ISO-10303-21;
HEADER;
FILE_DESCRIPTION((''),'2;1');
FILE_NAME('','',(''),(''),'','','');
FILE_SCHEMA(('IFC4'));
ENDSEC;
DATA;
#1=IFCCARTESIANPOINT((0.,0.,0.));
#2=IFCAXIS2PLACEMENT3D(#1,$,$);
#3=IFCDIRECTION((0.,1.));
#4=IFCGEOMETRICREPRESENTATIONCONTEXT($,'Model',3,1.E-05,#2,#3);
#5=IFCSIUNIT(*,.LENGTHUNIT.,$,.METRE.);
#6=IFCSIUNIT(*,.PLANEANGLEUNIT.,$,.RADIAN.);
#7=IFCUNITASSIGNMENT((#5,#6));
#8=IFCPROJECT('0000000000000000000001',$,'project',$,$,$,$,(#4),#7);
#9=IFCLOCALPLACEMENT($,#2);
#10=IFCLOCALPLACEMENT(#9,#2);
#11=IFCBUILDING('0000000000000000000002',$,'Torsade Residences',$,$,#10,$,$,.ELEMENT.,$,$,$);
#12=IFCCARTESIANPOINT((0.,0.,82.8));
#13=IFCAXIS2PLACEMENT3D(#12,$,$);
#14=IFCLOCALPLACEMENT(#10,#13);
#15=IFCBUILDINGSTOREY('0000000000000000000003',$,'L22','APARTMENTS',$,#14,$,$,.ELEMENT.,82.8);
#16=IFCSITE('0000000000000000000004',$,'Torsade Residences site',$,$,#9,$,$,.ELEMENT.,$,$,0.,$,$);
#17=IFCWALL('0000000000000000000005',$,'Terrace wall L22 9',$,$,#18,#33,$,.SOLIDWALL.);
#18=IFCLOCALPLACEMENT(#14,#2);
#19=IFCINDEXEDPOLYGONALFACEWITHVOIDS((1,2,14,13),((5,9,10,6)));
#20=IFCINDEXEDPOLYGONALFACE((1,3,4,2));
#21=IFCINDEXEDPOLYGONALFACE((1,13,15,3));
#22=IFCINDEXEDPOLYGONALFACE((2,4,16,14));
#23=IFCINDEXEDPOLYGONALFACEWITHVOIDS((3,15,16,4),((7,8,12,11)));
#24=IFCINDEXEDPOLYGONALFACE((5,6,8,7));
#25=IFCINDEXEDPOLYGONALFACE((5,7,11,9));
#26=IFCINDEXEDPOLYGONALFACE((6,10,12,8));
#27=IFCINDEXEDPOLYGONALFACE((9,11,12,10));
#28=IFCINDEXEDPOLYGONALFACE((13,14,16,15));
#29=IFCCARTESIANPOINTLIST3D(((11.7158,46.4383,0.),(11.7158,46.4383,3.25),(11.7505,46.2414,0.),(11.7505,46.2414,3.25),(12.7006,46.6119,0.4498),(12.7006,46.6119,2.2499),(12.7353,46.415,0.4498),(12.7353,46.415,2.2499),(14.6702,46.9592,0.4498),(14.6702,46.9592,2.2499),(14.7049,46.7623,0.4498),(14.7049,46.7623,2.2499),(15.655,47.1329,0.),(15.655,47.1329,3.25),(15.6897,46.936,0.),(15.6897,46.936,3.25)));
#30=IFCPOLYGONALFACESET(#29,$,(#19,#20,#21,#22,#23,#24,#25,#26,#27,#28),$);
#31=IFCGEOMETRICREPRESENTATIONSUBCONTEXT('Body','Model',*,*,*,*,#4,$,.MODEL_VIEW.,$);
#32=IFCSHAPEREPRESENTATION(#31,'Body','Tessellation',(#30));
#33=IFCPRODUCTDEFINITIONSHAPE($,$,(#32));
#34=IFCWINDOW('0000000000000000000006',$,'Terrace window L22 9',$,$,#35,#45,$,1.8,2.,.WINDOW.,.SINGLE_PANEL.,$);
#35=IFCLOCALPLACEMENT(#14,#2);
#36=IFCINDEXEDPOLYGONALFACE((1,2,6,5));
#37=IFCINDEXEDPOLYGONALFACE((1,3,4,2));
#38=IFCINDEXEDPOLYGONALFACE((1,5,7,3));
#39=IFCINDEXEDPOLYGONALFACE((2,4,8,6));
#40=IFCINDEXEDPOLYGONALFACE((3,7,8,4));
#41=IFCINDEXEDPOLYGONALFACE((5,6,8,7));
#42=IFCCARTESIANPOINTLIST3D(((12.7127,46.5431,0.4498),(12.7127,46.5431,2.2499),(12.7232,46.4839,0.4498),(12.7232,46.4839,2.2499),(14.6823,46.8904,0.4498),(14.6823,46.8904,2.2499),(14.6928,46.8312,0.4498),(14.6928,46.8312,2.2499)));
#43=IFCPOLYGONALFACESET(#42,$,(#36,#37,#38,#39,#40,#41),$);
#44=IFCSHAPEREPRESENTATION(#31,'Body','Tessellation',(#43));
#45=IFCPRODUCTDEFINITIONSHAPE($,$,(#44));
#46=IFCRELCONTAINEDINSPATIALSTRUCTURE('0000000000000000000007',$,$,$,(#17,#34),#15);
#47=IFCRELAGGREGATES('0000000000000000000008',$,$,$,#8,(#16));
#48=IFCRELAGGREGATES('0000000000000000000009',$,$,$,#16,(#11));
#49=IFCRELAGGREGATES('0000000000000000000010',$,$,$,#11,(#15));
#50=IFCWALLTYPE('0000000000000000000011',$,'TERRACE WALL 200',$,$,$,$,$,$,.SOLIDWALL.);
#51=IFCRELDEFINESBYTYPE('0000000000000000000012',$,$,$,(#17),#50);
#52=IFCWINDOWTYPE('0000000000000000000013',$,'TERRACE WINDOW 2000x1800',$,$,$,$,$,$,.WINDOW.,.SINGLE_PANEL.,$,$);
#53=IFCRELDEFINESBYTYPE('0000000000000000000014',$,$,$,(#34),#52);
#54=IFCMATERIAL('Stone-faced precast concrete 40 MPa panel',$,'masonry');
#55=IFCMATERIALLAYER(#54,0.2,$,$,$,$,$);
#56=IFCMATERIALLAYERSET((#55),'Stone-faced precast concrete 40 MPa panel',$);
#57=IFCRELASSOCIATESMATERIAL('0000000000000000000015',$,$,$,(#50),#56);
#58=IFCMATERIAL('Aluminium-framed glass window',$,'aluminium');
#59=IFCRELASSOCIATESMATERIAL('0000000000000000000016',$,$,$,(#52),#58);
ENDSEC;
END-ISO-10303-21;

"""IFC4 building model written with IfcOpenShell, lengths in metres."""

from ifc_helpers import new_model, si_unit, direction, frame, frame_2d, origin, place, context, subcontext, project, spatial, rectangle, extrude, material, layer, layer_set, type_object, element, fill, save


model = new_model("IFC4")

# Units and contexts
model_context = context("Model", 3, precision=1e-05, world=origin(), true_north=direction((0.0, 1.0)))
body_context = subcontext(model_context, "Body", "Model", "MODEL_VIEW")
ifc_project = project(units=[si_unit("LENGTHUNIT", "METRE"), si_unit("PLANEANGLEUNIT", "RADIAN")], contexts=[model_context])

# Site, building, storey
site_placement = place(None, origin())
site = spatial("IfcSite", under=ifc_project, at=site_placement, Name="Torsade Residences site", CompositionType="ELEMENT", RefElevation=0.0)
building_placement = place(site_placement, origin())
building = spatial("IfcBuilding", under=site, at=building_placement, Name="Torsade Residences", CompositionType="ELEMENT")
storey_placement = place(building_placement, frame((0.0, 0.0, 82.8)))
storey = spatial("IfcBuildingStorey", under=building, at=storey_placement, Name="L22", Description="APARTMENTS", CompositionType="ELEMENT", Elevation=82.8)

# Shared definitions
ifc_material_1 = material(Name="Stone-faced precast concrete 40 MPa panel", Category="masonry")
ifc_layer_1 = layer(ifc_material_1, 0.2)
ifc_layer_set_1 = layer_set([ifc_layer_1], Name="Stone-faced precast concrete 40 MPa panel")
wall_type_1 = type_object("IfcWallType", Name="TERRACE WALL 200", PredefinedType="SOLIDWALL", material=ifc_layer_set_1)

# Wall, opening, window
wall_1_placement = place(storey_placement, frame((15.6724, 47.0344, 0.0), z_axis=(0.0, 0.0, 1.0), x_axis=(-0.984808, -0.173646, 0.0)))
wall_1 = element("IfcWall", 1, at=wall_1_placement, inside=storey, type_object=wall_type_1, Name="Terrace wall L22 9", PredefinedType="SOLIDWALL", context=body_context, shape_type="SweptSolid", body=[
    extrude(rectangle(XDim=4.0, YDim=0.2, at=frame_2d((2.0, 0.0))), origin(), (0.0, 0.0, 1.0), 3.25),
])
opening_1_placement = place(wall_1_placement, frame((1.0, 0.0, 0.45)))
opening_1 = element("IfcOpeningElement", 2, at=opening_1_placement, cuts=wall_1, PredefinedType="OPENING", context=body_context, shape_type="SweptSolid", body=[
    extrude(rectangle(XDim=2.0, YDim=1.8, at=frame_2d((1.0, 0.8999))), frame((0.0, 0.1099, 0.0), z_axis=(0.0, -1.0, 0.0), x_axis=(1.0, 0.0, 0.0)), (0.0, 0.0, 1.0), 0.22),
])
ifc_material_2 = material(Name="Aluminium-framed glass window", Category="aluminium")
window_type = type_object("IfcWindowType", Name="TERRACE WINDOW 2000x1800", PartitioningType="SINGLE_PANEL", PredefinedType="WINDOW", material=ifc_material_2)
window_placement = place(opening_1_placement, origin())
window = element("IfcWindow", 3, at=window_placement, inside=storey, type_object=window_type, Name="Terrace window L22 9", OverallHeight=1.8, OverallWidth=2.0, PartitioningType="SINGLE_PANEL", PredefinedType="WINDOW", context=body_context, shape_type="SweptSolid", body=[
    extrude(rectangle(XDim=2.0, YDim=1.8, at=frame_2d((1.0, 0.8999))), frame((0.0, 0.03, 0.0), z_axis=(0.0, -1.0, 0.0), x_axis=(1.0, 0.0, 0.0)), (0.0, 0.0, 1.0), 0.0601),
])
fill(opening_1, window)

save(model, "model.ifc")
